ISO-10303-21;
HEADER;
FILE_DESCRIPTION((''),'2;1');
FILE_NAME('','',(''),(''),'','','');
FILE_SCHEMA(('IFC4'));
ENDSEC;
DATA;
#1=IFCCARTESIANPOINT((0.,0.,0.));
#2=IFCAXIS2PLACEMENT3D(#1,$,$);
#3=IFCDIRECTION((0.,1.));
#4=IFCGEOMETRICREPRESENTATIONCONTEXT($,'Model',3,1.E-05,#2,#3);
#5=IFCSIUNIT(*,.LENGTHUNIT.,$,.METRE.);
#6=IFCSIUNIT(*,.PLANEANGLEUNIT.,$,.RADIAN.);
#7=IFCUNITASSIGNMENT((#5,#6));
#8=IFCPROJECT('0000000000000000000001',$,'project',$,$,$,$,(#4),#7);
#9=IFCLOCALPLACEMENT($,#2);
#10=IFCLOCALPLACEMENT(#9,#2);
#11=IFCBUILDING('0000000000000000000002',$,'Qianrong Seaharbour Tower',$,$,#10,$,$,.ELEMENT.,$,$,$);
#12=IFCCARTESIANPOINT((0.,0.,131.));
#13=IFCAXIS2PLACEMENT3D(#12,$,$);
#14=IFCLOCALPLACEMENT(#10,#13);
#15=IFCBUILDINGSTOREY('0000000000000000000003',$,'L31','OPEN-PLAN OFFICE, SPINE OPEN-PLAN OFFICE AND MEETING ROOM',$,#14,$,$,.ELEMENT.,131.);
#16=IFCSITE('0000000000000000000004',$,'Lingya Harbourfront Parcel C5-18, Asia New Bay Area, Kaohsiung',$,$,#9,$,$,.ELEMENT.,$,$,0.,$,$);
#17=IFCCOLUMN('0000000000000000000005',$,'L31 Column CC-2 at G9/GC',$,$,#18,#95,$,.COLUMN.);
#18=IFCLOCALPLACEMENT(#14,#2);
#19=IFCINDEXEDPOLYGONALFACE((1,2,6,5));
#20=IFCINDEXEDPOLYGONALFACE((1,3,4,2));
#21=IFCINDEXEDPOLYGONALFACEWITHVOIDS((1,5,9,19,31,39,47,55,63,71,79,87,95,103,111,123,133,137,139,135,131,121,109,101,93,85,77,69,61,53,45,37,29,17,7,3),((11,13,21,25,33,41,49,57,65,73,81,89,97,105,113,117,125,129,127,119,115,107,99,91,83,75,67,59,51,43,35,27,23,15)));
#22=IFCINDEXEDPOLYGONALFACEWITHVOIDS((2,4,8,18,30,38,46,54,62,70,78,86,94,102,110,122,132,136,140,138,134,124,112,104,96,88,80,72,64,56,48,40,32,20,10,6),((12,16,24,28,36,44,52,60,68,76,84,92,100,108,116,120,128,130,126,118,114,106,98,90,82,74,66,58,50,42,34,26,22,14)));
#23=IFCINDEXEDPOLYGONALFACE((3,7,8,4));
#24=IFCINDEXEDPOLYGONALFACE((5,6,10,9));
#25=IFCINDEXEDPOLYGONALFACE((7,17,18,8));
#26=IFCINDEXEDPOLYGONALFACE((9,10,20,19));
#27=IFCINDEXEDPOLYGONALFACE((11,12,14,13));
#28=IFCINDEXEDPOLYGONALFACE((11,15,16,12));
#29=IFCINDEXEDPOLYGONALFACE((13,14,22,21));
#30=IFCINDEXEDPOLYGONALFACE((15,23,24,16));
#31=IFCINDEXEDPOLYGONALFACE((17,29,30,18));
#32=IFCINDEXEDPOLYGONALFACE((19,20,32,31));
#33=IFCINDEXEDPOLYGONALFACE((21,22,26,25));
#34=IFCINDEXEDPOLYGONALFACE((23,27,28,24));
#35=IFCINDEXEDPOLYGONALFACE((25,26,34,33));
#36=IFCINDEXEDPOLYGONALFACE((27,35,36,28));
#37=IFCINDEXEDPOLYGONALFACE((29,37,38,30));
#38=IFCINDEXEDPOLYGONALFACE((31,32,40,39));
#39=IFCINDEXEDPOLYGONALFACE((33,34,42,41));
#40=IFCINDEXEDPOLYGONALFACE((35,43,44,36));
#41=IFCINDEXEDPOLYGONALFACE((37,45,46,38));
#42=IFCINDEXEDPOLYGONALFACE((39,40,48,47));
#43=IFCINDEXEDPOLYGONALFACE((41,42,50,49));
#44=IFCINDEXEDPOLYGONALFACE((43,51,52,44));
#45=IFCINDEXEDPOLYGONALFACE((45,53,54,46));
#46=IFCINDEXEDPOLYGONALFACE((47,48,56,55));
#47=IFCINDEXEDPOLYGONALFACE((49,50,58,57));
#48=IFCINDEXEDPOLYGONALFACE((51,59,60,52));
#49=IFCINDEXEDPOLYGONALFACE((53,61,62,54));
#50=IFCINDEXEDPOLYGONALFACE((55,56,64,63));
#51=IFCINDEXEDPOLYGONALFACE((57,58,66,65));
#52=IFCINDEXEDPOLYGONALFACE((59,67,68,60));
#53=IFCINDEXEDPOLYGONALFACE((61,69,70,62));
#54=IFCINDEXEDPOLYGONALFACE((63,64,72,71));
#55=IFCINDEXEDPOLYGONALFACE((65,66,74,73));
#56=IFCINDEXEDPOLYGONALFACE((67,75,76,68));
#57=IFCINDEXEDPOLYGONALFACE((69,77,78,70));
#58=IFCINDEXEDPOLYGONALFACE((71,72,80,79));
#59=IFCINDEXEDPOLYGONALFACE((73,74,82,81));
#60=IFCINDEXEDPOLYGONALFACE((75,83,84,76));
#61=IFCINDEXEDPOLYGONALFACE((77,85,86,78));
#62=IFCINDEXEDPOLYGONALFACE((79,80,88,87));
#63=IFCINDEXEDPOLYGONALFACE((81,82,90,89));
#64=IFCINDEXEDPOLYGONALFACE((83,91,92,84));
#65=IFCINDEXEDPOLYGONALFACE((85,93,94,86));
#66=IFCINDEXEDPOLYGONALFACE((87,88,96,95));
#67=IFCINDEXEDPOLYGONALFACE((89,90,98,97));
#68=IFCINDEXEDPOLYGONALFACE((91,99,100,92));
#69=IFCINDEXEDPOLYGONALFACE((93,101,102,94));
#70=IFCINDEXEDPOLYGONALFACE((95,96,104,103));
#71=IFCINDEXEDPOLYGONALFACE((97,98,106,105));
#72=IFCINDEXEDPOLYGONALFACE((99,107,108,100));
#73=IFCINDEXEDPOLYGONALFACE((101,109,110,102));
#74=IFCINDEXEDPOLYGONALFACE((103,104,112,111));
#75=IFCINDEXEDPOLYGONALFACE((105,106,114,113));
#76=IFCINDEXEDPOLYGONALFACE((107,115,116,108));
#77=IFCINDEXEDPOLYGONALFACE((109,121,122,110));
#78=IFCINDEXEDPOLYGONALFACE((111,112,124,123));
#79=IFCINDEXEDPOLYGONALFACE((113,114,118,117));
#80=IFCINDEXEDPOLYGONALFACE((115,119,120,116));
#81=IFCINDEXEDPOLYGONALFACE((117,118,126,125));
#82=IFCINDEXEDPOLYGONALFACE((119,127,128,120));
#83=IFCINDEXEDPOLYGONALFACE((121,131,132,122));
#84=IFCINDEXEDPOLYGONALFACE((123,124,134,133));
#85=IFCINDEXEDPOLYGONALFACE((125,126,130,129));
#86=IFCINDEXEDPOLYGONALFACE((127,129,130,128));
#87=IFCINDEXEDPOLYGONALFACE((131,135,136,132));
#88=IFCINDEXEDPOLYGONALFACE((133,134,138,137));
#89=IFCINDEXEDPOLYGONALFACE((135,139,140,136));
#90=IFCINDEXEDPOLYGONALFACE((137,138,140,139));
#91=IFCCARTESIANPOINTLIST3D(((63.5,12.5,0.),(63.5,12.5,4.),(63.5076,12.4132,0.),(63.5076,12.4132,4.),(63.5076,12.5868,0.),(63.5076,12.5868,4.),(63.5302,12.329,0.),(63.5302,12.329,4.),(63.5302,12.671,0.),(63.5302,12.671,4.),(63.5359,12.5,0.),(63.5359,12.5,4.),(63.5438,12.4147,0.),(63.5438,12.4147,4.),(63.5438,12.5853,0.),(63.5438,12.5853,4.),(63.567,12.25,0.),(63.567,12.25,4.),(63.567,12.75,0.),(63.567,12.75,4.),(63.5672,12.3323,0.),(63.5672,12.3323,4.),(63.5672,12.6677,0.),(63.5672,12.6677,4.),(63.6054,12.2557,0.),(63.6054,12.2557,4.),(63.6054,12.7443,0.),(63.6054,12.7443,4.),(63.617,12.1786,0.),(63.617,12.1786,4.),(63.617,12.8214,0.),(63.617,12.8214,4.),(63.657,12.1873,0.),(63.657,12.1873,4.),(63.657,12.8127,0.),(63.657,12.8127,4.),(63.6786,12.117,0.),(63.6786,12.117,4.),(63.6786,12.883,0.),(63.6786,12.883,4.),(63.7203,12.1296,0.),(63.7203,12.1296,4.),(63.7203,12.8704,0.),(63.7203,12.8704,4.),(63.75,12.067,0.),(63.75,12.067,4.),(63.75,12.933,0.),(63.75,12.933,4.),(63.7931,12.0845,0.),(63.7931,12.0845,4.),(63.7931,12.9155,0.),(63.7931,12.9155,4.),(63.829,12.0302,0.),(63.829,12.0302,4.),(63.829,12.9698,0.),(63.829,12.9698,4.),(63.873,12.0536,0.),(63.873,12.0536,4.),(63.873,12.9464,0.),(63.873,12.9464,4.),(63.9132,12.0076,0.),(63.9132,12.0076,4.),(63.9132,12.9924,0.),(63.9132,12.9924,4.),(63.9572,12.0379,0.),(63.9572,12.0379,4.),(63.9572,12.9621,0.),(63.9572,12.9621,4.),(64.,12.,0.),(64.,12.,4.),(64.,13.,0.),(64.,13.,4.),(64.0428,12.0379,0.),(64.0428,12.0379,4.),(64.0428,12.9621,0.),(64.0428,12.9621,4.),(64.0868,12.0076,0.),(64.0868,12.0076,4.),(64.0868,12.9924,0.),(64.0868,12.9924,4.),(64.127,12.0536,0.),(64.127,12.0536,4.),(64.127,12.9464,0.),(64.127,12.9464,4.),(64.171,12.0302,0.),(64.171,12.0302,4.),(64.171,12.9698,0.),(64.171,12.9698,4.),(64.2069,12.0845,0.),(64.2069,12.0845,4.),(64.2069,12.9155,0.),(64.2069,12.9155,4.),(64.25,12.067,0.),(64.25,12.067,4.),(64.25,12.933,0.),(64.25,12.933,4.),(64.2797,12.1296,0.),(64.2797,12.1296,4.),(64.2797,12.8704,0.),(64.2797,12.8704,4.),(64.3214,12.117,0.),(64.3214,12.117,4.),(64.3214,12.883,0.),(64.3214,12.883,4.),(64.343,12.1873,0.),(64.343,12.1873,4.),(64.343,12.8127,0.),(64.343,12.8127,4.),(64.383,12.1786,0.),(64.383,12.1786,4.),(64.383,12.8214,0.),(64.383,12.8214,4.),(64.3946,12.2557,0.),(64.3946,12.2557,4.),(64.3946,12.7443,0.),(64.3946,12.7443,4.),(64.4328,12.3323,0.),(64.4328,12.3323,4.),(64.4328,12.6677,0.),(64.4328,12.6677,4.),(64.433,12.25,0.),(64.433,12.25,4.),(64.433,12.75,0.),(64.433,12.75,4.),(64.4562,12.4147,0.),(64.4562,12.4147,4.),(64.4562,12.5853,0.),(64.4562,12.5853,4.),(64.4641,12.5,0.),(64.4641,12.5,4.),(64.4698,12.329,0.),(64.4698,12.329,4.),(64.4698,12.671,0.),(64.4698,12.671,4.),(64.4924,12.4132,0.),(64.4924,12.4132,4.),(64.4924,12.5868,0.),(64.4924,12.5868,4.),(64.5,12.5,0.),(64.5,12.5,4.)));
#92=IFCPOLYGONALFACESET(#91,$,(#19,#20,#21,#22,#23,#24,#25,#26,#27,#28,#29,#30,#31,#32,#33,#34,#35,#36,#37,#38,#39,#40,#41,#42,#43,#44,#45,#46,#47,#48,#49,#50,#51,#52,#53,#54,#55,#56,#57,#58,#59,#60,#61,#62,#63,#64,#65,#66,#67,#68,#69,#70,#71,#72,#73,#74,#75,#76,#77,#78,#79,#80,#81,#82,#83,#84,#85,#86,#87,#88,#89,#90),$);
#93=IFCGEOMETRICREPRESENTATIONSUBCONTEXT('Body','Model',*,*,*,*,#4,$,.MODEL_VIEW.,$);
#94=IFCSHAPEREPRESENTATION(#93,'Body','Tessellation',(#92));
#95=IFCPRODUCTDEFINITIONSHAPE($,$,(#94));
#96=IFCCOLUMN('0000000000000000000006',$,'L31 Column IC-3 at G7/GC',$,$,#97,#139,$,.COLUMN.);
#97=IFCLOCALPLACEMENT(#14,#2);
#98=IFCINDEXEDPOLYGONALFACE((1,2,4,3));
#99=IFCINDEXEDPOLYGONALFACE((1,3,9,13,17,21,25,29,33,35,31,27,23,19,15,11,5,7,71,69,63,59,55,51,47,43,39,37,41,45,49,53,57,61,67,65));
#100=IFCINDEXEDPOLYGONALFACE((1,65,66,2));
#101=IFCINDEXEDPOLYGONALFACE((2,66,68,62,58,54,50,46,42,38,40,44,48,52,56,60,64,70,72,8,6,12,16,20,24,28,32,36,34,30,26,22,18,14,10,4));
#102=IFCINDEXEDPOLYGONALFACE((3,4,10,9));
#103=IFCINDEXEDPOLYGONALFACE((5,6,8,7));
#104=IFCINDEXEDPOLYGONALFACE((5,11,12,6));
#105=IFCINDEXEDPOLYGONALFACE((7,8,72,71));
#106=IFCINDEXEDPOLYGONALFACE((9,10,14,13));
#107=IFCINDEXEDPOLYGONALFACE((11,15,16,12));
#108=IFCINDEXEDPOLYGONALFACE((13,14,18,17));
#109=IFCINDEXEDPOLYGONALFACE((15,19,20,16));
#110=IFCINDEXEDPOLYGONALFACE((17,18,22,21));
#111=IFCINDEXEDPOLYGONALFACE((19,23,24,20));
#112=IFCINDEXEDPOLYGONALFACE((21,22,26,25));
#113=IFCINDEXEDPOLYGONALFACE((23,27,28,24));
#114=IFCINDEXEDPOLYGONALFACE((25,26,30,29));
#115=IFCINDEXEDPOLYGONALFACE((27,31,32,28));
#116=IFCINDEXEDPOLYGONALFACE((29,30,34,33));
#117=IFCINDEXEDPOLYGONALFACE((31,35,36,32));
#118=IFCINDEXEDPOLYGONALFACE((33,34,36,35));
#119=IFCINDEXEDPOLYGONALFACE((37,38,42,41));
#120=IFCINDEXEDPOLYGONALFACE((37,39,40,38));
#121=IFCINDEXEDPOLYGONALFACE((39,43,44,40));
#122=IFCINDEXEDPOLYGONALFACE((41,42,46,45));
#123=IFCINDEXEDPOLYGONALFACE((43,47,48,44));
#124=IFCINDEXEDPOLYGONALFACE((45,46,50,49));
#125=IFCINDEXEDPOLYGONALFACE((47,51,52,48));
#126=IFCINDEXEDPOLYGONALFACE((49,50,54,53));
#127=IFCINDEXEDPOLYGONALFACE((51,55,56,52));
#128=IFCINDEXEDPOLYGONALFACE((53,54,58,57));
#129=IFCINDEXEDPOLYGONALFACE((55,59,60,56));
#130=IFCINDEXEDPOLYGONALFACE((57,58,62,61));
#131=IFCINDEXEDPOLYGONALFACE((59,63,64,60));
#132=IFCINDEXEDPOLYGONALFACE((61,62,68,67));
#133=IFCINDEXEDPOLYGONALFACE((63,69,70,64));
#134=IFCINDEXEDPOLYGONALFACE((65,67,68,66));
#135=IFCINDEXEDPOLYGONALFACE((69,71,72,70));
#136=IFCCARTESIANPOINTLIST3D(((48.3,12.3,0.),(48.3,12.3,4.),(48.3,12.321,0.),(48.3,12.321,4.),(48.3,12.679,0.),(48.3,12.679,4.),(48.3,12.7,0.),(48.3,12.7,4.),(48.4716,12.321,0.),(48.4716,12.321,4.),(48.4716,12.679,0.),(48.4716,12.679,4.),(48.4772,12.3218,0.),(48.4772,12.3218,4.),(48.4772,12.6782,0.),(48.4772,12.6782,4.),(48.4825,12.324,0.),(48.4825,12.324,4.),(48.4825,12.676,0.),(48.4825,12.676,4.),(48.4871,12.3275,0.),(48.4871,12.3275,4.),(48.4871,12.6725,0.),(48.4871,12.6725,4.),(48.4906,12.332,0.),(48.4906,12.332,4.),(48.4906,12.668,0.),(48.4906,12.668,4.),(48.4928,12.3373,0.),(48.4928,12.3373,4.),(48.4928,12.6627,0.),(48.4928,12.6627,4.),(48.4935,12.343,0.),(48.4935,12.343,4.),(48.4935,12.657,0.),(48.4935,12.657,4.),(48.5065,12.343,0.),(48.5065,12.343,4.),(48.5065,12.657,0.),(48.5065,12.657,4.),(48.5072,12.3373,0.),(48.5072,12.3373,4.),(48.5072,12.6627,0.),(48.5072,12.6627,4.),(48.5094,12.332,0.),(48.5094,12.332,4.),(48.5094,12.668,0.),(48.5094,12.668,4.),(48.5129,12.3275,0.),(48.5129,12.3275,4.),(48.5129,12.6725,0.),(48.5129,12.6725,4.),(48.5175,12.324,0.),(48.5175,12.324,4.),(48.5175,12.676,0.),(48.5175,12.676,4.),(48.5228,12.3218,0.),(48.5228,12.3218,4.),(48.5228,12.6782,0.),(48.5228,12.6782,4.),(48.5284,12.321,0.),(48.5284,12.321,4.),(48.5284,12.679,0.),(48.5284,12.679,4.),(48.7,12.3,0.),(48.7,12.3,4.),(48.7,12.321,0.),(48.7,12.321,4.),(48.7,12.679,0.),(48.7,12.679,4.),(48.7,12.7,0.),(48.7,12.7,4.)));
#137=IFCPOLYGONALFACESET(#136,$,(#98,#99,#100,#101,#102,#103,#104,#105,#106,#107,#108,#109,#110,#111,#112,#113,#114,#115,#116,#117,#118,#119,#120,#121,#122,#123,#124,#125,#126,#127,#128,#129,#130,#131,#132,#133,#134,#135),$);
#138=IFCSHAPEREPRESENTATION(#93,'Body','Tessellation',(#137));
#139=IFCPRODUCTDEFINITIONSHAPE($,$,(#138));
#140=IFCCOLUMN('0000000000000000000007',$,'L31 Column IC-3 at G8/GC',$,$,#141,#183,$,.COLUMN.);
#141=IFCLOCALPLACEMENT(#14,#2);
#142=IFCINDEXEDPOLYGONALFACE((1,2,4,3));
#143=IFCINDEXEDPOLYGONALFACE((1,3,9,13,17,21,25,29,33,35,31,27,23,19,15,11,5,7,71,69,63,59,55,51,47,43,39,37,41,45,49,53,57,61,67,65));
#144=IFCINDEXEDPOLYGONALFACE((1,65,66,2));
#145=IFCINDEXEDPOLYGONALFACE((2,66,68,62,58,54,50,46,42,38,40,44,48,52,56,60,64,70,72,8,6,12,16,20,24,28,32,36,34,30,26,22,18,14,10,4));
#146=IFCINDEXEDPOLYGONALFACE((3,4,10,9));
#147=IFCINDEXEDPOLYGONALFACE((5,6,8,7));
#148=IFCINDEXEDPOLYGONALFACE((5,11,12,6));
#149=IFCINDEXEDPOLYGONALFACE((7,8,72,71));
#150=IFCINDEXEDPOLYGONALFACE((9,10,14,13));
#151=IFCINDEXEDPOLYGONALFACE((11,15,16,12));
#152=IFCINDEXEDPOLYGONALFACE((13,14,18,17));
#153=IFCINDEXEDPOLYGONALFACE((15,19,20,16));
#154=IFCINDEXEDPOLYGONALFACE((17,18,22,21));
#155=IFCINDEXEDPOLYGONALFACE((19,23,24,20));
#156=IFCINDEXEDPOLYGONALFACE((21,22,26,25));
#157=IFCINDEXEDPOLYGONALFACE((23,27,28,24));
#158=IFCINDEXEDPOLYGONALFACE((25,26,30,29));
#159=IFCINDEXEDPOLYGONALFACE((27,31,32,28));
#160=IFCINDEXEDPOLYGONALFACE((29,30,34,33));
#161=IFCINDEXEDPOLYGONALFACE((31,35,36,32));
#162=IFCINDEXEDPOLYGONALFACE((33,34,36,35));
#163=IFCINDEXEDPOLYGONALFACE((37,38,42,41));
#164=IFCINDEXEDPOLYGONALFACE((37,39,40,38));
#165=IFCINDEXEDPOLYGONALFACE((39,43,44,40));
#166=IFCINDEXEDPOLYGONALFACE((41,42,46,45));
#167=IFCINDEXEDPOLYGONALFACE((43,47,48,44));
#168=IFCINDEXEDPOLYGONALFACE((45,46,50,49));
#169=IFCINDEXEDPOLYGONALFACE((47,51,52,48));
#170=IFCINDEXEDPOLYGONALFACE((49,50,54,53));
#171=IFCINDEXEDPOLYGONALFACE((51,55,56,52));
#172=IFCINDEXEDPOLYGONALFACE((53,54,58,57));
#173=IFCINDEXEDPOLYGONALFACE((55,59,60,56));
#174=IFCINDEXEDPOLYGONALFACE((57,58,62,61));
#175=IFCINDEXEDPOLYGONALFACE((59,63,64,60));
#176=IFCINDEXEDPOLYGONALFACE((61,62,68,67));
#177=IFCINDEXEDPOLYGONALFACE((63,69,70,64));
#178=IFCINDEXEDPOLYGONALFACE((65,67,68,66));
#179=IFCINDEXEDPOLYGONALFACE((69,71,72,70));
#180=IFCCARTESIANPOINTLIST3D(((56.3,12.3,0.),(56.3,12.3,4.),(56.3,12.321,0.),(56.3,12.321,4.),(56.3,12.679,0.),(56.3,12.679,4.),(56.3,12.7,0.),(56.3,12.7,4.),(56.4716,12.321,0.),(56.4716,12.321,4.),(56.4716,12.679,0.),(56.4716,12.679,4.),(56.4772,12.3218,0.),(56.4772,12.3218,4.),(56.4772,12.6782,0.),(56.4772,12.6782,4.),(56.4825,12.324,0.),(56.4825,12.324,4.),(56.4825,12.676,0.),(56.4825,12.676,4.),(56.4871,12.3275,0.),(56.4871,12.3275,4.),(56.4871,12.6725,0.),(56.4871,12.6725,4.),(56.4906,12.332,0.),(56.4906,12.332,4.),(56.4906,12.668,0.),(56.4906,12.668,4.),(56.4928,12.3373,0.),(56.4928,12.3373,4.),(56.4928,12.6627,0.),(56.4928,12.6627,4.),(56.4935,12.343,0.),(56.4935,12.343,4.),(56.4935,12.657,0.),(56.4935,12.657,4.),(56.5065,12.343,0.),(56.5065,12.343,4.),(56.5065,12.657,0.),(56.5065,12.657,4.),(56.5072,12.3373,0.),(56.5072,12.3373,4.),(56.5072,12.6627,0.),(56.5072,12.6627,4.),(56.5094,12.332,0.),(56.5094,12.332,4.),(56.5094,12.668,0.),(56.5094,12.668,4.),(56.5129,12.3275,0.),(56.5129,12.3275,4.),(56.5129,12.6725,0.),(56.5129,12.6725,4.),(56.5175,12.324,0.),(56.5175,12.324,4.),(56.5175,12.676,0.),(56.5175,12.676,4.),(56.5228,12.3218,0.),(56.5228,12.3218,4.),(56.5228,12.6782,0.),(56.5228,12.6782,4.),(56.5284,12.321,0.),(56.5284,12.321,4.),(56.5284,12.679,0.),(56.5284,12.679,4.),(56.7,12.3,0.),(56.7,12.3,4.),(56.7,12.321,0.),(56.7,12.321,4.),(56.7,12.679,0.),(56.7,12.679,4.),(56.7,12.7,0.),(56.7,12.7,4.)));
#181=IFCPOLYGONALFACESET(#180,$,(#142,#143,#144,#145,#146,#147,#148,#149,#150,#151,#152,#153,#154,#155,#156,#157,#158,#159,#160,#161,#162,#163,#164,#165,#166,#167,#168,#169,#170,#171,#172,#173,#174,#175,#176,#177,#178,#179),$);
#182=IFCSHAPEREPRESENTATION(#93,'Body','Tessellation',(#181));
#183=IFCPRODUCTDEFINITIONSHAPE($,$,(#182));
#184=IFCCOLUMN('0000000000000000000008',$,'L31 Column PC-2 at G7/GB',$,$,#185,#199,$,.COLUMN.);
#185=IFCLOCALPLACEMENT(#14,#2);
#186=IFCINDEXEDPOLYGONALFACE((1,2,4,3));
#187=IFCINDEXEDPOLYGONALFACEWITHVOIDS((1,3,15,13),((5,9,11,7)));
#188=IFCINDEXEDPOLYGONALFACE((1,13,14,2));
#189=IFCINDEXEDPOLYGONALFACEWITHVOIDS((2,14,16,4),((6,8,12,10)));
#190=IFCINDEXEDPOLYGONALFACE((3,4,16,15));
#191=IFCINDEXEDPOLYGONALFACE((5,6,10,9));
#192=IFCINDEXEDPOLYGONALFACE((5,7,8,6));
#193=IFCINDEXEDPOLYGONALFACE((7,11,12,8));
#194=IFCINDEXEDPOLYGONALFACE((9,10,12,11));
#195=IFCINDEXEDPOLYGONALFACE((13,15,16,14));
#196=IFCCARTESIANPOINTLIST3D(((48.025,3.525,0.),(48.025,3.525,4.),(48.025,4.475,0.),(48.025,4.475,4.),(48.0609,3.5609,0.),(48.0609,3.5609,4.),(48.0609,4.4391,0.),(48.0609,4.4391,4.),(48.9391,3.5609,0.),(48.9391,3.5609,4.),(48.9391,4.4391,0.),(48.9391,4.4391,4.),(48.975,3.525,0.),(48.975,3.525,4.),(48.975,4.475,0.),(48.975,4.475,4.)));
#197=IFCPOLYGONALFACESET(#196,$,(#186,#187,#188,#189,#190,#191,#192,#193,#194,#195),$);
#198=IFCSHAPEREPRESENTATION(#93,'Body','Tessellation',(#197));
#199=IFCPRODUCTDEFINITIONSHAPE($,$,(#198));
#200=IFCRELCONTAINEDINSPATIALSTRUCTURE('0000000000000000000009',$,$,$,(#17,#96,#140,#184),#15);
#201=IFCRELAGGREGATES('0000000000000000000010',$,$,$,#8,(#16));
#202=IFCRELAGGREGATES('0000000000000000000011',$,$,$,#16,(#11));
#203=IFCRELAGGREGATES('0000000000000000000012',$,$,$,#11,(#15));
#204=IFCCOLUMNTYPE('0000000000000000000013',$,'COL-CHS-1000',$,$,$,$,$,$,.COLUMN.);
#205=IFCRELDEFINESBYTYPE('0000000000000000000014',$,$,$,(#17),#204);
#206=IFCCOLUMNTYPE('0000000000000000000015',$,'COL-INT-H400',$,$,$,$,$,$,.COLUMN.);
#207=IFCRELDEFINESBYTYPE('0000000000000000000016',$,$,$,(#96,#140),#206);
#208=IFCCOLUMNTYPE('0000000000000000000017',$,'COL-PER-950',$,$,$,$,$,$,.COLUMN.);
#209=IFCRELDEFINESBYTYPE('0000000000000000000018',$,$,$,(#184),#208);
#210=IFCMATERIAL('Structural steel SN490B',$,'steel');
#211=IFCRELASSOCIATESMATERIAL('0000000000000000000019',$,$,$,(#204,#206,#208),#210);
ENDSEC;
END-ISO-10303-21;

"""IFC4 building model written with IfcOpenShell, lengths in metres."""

from ifc_helpers import new_model, si_unit, direction, frame, origin, origin_2d, place, context, subcontext, project, spatial, hollow_rectangle, hollow_circle, i_section, extrude, material, material_profile, profile_set, type_object, element, save


model = new_model("IFC4")

# Units and contexts
model_context = context("Model", 3, precision=1e-05, world=origin(), true_north=direction((0.0, 1.0)))
body_context = subcontext(model_context, "Body", "Model", "MODEL_VIEW")
ifc_project = project(units=[si_unit("LENGTHUNIT", "METRE"), si_unit("PLANEANGLEUNIT", "RADIAN")], contexts=[model_context])

# Site, building, storey
site_placement = place(None, origin())
site = spatial("IfcSite", under=ifc_project, at=site_placement, Name="Lingya Harbourfront Parcel C5-18, Asia New Bay Area, Kaohsiung", CompositionType="ELEMENT", RefElevation=0.0)
building_placement = place(site_placement, origin())
building = spatial("IfcBuilding", under=site, at=building_placement, Name="Qianrong Seaharbour Tower", CompositionType="ELEMENT")
storey_placement = place(building_placement, frame((0.0, 0.0, 131.0)))
storey = spatial("IfcBuildingStorey", under=building, at=storey_placement, Name="L31", Description="OPEN-PLAN OFFICE, SPINE OPEN-PLAN OFFICE AND MEETING ROOM", CompositionType="ELEMENT", Elevation=131.0)

# Columns
ifc_material_1 = material(Name="Structural steel SN490B", Category="steel")
ifc_material_profile_1 = material_profile(ifc_material_1, hollow_circle(Radius=0.5, WallThickness=0.0359, at=origin_2d()), Name="CHS1000x36")
ifc_profile_set_1 = profile_set([ifc_material_profile_1], Name="Structural steel SN490B")
column_type_1 = type_object("IfcColumnType", Name="COL-CHS-1000", PredefinedType="COLUMN", material=ifc_profile_set_1)
column_placement = place(storey_placement, frame((64.0, 12.5, 0.0), z_axis=(0.0, 0.0, 1.0), x_axis=(1.0, 0.0, 0.0)))
element("IfcColumn", 1, at=column_placement, inside=storey, type_object=column_type_1, Name="L31 Column CC-2 at G9/GC", PredefinedType="COLUMN", context=body_context, shape_type="SweptSolid", body=[
    extrude(hollow_circle(Radius=0.5, WallThickness=0.0359, at=origin_2d()), origin(), (0.0, 0.0, 1.0), 4.0),
])
ifc_material_profile_2 = material_profile(ifc_material_1, i_section(OverallWidth=0.3999, OverallDepth=0.3999, WebThickness=0.0129, FlangeThickness=0.021, FilletRadius=0.022, at=origin_2d()), Name="H400x400x13x21")
ifc_profile_set_2 = profile_set([ifc_material_profile_2], Name="Structural steel SN490B")
column_type_2 = type_object("IfcColumnType", Name="COL-INT-H400", PredefinedType="COLUMN", material=ifc_profile_set_2)
for number, where, z_axis, x_axis, name in (
    (2, (48.5, 12.5, 0.0), (0.0, 0.0, 1.0), (1.0, 0.0, 0.0), "L31 Column IC-3 at G7/GC"),
    (3, (56.5, 12.5, 0.0), (0.0, 0.0, 1.0), (1.0, 0.0, 0.0), "L31 Column IC-3 at G8/GC"),
):
    element("IfcColumn", number, at=place(storey_placement, frame(where, z_axis=z_axis, x_axis=x_axis)), inside=storey, type_object=column_type_2, Name=name, PredefinedType="COLUMN", context=body_context, shape_type="SweptSolid", body=[
        extrude(i_section(OverallWidth=0.3999, OverallDepth=0.3999, WebThickness=0.0129, FlangeThickness=0.021, FilletRadius=0.022, at=origin_2d()), origin(), (0.0, 0.0, 1.0), 4.0),
    ])
ifc_material_profile_3 = material_profile(ifc_material_1, hollow_rectangle(XDim=0.95, YDim=0.95, WallThickness=0.0359, at=origin_2d()), Name="BOX950x950x36")
ifc_profile_set_3 = profile_set([ifc_material_profile_3], Name="Structural steel SN490B")
column_type_3 = type_object("IfcColumnType", Name="COL-PER-950", PredefinedType="COLUMN", material=ifc_profile_set_3)
for number, where, z_axis, x_axis, name in (
    (4, (48.5, 4.0, 0.0), (0.0, 0.0, 1.0), (1.0, 0.0, 0.0), "L31 Column PC-2 at G7/GB"),
):
    element("IfcColumn", number, at=place(storey_placement, frame(where, z_axis=z_axis, x_axis=x_axis)), inside=storey, type_object=column_type_3, Name=name, PredefinedType="COLUMN", context=body_context, shape_type="SweptSolid", body=[
        extrude(hollow_rectangle(XDim=0.95, YDim=0.95, WallThickness=0.0359, at=origin_2d()), origin(), (0.0, 0.0, 1.0), 4.0),
    ])

save(model, "model.ifc")
